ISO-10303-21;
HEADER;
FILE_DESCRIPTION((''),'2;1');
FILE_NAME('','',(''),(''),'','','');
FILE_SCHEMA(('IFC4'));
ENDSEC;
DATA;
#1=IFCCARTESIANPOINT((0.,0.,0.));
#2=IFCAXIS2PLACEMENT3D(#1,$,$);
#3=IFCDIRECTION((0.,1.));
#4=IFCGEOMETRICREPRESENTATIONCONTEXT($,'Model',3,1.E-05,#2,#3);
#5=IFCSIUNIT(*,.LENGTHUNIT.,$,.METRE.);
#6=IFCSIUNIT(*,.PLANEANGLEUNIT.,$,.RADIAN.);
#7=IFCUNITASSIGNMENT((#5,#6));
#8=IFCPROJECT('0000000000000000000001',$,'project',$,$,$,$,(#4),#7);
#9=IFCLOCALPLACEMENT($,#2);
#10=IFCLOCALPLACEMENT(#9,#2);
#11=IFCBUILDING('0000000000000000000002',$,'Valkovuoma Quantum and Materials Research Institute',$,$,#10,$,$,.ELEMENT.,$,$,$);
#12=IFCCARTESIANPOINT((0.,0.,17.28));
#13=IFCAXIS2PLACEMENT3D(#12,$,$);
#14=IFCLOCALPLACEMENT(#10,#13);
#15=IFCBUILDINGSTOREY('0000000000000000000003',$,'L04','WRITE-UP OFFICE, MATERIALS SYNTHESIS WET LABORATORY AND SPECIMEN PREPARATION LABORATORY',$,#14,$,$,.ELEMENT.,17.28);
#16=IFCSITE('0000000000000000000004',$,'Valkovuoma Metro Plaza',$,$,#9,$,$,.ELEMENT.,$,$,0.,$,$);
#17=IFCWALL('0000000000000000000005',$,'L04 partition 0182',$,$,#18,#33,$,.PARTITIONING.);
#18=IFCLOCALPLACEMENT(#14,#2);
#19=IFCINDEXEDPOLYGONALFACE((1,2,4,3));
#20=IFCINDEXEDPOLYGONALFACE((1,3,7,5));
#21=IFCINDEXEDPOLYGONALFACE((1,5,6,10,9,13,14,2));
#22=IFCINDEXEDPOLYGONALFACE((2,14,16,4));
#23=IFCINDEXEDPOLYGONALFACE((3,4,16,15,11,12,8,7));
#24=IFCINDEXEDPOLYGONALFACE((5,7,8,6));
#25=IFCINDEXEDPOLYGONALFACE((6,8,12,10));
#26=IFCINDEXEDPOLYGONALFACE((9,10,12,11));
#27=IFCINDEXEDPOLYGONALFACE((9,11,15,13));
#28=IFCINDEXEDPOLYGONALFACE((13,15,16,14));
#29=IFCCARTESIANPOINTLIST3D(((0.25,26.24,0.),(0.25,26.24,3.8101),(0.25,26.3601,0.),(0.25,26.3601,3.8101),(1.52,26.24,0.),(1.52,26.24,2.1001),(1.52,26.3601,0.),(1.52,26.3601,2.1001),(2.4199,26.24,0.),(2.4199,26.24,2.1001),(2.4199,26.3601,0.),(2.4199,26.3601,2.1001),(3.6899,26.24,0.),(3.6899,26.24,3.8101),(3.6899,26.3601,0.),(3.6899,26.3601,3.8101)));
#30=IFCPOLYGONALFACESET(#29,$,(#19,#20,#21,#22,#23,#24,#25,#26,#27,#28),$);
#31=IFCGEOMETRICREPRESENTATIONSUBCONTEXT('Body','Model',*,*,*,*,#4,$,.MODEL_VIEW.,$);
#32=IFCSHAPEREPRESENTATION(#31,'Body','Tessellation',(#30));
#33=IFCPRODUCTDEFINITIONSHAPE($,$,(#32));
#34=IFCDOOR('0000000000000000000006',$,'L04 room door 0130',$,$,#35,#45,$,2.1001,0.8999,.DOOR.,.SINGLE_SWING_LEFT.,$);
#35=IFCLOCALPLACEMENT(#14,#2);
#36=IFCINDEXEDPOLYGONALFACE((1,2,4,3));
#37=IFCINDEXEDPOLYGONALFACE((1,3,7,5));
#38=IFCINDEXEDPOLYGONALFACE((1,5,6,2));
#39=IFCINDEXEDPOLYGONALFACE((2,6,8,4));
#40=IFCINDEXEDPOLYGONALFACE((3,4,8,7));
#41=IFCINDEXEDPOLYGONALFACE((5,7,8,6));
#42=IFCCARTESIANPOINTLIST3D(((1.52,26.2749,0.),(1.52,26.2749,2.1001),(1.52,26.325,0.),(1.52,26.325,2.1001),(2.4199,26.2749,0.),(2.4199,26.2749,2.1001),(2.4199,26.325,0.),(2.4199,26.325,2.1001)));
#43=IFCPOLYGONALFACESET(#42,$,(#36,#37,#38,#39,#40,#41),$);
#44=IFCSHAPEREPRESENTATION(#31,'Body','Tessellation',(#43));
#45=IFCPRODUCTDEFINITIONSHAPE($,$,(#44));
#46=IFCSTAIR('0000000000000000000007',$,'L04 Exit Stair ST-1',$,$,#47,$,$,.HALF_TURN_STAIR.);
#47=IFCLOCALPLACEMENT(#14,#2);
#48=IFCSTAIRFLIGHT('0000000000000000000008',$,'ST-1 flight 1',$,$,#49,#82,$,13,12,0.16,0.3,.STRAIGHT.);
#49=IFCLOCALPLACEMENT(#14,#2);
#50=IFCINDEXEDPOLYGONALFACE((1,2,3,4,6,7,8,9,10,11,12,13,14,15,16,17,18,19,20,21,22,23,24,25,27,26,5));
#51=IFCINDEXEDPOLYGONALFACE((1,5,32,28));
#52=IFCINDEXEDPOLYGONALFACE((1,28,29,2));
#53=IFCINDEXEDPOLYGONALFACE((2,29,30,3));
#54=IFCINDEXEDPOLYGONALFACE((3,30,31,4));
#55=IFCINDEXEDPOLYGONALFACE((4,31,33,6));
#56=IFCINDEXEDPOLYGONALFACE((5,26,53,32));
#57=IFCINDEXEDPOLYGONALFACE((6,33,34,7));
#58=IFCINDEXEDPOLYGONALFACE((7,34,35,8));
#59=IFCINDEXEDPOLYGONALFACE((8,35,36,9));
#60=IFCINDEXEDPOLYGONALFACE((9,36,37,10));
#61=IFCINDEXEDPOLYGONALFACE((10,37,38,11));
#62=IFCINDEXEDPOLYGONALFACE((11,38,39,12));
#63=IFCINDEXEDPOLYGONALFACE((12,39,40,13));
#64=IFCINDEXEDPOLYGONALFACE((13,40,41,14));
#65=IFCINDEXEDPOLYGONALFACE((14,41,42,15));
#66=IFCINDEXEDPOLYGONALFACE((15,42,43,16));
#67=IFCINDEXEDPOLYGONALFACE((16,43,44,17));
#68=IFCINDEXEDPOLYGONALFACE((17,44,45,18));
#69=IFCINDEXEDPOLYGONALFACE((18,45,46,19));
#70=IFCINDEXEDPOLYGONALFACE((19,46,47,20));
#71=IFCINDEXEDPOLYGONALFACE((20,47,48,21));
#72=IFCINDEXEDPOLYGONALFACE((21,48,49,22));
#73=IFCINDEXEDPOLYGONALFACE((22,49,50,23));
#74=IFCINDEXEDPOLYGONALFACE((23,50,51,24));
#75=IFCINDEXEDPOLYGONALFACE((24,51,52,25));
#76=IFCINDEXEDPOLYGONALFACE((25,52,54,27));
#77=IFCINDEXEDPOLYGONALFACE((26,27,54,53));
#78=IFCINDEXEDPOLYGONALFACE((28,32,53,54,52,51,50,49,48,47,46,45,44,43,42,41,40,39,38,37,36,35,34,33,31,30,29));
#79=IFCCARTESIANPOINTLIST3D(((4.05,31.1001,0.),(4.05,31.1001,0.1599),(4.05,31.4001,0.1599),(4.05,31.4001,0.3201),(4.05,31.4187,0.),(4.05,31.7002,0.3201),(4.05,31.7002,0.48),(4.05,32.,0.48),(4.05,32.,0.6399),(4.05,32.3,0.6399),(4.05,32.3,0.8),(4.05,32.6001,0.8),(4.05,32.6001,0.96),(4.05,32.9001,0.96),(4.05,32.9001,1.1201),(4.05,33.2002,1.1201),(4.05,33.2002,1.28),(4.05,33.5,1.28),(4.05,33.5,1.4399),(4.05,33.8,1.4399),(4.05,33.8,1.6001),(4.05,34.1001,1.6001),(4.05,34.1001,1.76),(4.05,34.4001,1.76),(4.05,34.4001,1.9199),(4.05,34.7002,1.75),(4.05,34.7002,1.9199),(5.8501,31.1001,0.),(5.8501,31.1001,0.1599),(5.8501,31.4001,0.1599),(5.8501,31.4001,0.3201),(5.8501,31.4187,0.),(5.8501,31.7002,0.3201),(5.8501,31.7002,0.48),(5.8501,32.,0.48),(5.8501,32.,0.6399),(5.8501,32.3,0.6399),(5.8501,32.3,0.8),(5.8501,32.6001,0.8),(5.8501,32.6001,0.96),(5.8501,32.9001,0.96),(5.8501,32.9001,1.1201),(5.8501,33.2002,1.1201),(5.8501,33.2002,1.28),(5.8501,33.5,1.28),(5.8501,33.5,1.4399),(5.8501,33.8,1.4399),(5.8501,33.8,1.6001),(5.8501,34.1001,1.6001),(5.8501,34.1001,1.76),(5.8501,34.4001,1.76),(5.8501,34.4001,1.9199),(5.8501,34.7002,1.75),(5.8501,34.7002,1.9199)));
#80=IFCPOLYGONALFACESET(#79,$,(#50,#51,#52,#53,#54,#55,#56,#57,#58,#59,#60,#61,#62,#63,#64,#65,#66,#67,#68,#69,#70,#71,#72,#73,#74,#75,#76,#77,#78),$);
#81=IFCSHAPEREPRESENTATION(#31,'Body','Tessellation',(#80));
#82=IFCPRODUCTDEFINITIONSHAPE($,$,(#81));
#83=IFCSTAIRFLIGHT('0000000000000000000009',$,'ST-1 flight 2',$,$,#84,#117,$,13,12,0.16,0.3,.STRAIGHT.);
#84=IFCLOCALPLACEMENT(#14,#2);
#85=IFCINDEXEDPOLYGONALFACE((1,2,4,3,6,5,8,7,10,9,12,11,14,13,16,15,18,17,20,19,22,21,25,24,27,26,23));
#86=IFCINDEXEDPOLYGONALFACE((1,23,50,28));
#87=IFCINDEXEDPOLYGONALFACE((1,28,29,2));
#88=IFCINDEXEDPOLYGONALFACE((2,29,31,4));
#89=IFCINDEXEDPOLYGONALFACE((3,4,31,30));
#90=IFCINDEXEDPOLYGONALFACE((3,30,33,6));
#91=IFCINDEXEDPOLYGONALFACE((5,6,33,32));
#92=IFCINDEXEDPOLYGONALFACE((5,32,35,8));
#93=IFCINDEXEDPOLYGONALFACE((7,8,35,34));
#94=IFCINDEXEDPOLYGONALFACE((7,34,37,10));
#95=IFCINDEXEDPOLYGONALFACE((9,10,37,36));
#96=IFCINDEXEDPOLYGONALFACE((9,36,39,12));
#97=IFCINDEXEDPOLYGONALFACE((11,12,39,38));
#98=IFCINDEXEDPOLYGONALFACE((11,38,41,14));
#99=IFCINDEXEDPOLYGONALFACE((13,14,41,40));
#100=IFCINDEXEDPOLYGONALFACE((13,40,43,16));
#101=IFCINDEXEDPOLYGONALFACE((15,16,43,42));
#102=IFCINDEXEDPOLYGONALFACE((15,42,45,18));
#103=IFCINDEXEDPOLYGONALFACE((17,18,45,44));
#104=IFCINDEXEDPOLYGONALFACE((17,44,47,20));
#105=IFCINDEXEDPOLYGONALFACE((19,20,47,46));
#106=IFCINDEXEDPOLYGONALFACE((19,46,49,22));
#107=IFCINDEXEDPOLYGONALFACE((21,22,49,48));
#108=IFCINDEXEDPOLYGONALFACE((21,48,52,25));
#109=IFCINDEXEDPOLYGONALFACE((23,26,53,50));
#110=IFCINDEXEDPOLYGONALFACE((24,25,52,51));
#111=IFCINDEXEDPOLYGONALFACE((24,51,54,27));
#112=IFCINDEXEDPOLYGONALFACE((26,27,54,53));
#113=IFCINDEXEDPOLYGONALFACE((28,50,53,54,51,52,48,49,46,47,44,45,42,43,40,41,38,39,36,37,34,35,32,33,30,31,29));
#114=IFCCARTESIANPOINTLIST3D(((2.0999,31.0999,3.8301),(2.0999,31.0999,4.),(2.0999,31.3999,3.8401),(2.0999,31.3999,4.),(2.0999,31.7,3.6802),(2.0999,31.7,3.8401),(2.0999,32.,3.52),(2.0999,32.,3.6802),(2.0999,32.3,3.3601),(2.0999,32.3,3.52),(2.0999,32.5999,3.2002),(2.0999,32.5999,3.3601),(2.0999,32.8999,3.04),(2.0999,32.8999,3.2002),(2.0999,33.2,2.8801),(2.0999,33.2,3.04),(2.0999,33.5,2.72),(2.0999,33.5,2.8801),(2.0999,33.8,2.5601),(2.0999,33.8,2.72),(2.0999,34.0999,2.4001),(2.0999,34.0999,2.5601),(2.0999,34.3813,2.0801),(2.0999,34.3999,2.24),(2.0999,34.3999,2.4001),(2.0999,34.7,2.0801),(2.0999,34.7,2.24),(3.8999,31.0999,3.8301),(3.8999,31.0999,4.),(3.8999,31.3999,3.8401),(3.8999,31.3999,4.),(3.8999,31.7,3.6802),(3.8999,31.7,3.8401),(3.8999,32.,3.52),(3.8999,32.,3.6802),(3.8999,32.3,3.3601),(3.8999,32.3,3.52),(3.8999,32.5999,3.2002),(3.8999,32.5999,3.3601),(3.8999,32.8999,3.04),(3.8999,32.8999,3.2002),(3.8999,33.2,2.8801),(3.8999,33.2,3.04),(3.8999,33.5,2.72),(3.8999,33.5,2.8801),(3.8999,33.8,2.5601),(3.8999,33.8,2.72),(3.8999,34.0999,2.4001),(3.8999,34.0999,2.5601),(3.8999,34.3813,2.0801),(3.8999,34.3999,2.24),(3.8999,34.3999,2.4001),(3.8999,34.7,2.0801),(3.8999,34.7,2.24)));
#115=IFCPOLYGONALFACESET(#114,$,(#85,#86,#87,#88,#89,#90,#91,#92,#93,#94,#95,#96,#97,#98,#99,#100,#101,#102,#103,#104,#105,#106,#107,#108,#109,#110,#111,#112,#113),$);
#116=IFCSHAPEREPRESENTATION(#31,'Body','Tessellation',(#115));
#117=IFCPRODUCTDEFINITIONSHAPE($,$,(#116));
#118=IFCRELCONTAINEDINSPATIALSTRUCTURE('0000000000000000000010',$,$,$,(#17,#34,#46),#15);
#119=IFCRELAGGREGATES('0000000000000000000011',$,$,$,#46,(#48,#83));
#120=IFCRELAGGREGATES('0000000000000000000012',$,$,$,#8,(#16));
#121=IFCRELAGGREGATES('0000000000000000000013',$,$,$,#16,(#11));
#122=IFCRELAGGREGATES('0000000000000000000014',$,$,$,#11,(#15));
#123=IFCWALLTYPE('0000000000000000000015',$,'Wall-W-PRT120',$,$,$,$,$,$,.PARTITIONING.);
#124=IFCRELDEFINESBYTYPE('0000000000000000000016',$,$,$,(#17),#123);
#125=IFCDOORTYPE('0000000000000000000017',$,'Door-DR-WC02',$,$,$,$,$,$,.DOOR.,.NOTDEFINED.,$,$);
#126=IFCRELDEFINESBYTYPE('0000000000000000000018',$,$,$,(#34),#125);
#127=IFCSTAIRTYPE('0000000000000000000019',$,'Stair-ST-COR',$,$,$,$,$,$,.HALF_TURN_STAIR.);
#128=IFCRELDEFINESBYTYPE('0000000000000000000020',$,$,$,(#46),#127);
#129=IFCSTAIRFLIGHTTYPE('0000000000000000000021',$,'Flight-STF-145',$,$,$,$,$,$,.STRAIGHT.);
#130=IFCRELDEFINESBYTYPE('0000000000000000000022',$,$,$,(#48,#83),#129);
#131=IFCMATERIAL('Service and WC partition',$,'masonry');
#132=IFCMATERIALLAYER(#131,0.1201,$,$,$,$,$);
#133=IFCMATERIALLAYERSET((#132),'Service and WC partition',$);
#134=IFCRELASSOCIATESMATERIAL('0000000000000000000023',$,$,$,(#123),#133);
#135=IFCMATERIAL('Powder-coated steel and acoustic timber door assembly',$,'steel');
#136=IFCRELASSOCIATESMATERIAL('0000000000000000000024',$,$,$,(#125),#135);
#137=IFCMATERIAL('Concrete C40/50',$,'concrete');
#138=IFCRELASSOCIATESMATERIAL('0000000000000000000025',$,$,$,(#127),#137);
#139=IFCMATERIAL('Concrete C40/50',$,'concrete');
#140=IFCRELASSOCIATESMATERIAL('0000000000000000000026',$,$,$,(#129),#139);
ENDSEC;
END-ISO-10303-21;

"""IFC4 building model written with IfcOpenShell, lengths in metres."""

from ifc_helpers import new_model, si_unit, direction, frame, frame_2d, origin, place, context, subcontext, project, spatial, polyline, rectangle, outline, extrude, material, layer, layer_set, type_object, element, fill, aggregate, save


model = new_model("IFC4")

# Units and contexts
model_context = context("Model", 3, precision=1e-05, world=origin(), true_north=direction((0.0, 1.0)))
body_context = subcontext(model_context, "Body", "Model", "MODEL_VIEW")
ifc_project = project(units=[si_unit("LENGTHUNIT", "METRE"), si_unit("PLANEANGLEUNIT", "RADIAN")], contexts=[model_context])

# Site, building, storey
site_placement = place(None, origin())
site = spatial("IfcSite", under=ifc_project, at=site_placement, Name="Valkovuoma Metro Plaza", CompositionType="ELEMENT", RefElevation=0.0)
building_placement = place(site_placement, origin())
building = spatial("IfcBuilding", under=site, at=building_placement, Name="Valkovuoma Quantum and Materials Research Institute", CompositionType="ELEMENT")
storey_placement = place(building_placement, frame((0.0, 0.0, 17.28)))
storey = spatial("IfcBuildingStorey", under=building, at=storey_placement, Name="L04", Description="WRITE-UP OFFICE, MATERIALS SYNTHESIS WET LABORATORY AND SPECIMEN PREPARATION LABORATORY", CompositionType="ELEMENT", Elevation=17.28)

# Shared definitions
ifc_material_1 = material(Name="Service and WC partition", Category="masonry")
ifc_layer_1 = layer(ifc_material_1, 0.1201)
ifc_layer_set_1 = layer_set([ifc_layer_1], Name="Service and WC partition")
wall_type_1 = type_object("IfcWallType", Name="Wall-W-PRT120", PredefinedType="PARTITIONING", material=ifc_layer_set_1)

# Wall, opening, door
wall_1_placement = place(storey_placement, frame((0.25, 26.3, 0.0), z_axis=(0.0, 0.0, 1.0), x_axis=(1.0, 0.0, 0.0)))
wall_1 = element("IfcWall", 1, at=wall_1_placement, inside=storey, type_object=wall_type_1, Name="L04 partition 0182", PredefinedType="PARTITIONING", context=body_context, shape_type="SweptSolid", body=[
    extrude(rectangle(XDim=3.4399, YDim=0.1201, at=frame_2d((1.72, 0.0))), origin(), (0.0, 0.0, 1.0), 3.8101),
])
opening_1_placement = place(wall_1_placement, frame((1.27, 0.0, 0.0)))
opening_1 = element("IfcOpeningElement", 2, at=opening_1_placement, cuts=wall_1, PredefinedType="OPENING", context=body_context, shape_type="SweptSolid", body=[
    extrude(rectangle(XDim=0.8999, YDim=2.1001, at=frame_2d((0.45, 1.05))), frame((0.0, 0.0701, 0.0), z_axis=(0.0, -1.0, 0.0), x_axis=(1.0, 0.0, 0.0)), (0.0, 0.0, 1.0), 0.1401),
])
ifc_material_2 = material(Name="Powder-coated steel and acoustic timber door assembly", Category="steel")
door_type_1 = type_object("IfcDoorType", Name="Door-DR-WC02", OperationType="NOTDEFINED", PredefinedType="DOOR", material=ifc_material_2)
door_1_placement = place(opening_1_placement, origin())
door_1 = element("IfcDoor", 3, at=door_1_placement, inside=storey, type_object=door_type_1, Name="L04 room door 0130", OperationType="SINGLE_SWING_LEFT", OverallHeight=2.1001, OverallWidth=0.8999, PredefinedType="DOOR", context=body_context, shape_type="SweptSolid", body=[
    extrude(rectangle(XDim=0.8999, YDim=2.1001, at=frame_2d((0.45, 1.05))), frame((0.0, 0.0249, 0.0), z_axis=(0.0, -1.0, 0.0), x_axis=(1.0, 0.0, 0.0)), (0.0, 0.0, 1.0), 0.05),
])
fill(opening_1, door_1)

# Stair, stair flights
ifc_material_3 = material(Name="Concrete C40/50", Category="concrete")
stair_type = type_object("IfcStairType", Name="Stair-ST-COR", PredefinedType="HALF_TURN_STAIR", material=ifc_material_3)
stair_placement = place(storey_placement, origin())
stair = element("IfcStair", 4, at=stair_placement, inside=storey, type_object=stair_type, Name="L04 Exit Stair ST-1", PredefinedType="HALF_TURN_STAIR")
ifc_material_4 = material(Name="Concrete C40/50", Category="concrete")
stair_flight_type = type_object("IfcStairFlightType", Name="Flight-STF-145", PredefinedType="STRAIGHT", material=ifc_material_4)
stair_flight_1_placement = place(storey_placement, frame((4.95, 31.1001, 0.0), z_axis=(0.0, 0.0, 1.0), x_axis=(0.0, 1.0, 0.0)))
stair_flight_1 = element("IfcStairFlight", 5, at=stair_flight_1_placement, type_object=stair_flight_type, Name="ST-1 flight 1", NumberOfRisers=13, NumberOfTreads=12, PredefinedType="STRAIGHT", RiserHeight=0.16, TreadLength=0.3, context=body_context, shape_type="SweptSolid", body=[
    extrude(outline(polyline([(0.0, 0.0), (0.0, 0.1599), (0.3, 0.1599), (0.3, 0.3201), (0.6001, 0.3201), (0.6001, 0.48), (0.8999, 0.48), (0.8999, 0.6399), (1.2, 0.6399), (1.2, 0.8), (1.5, 0.8), (1.5, 0.96), (1.8, 0.96), (1.8, 1.1201), (2.1001, 1.1201), (2.1001, 1.28), (2.3999, 1.28), (2.3999, 1.4399), (2.7, 1.4399), (2.7, 1.6001), (3.0, 1.6001), (3.0, 1.76), (3.3, 1.76), (3.3, 1.9199), (3.6001, 1.9199), (3.6001, 2.0801), (3.6001, 1.75), (0.3186, 0.0), (0.0, 0.0)])), frame((0.0, 0.8999, 0.0), z_axis=(0.0, -1.0, 0.0), x_axis=(1.0, 0.0, 0.0)), (0.0, 0.0, 1.0), 1.8),
])
stair_flight_2_placement = place(storey_placement, frame((3.0, 34.7, 2.0801), z_axis=(0.0, 0.0, 1.0), x_axis=(0.0, -1.0, 0.0)))
stair_flight_2 = element("IfcStairFlight", 6, at=stair_flight_2_placement, type_object=stair_flight_type, Name="ST-1 flight 2", NumberOfRisers=13, NumberOfTreads=12, PredefinedType="STRAIGHT", RiserHeight=0.16, TreadLength=0.3, context=body_context, shape_type="SweptSolid", body=[
    extrude(outline(polyline([(0.0, 0.0), (0.0, 0.1599), (0.3, 0.1599), (0.3, 0.3201), (0.6001, 0.3201), (0.6001, 0.48), (0.8999, 0.48), (0.8999, 0.6399), (1.2, 0.6399), (1.2, 0.8), (1.5, 0.8), (1.5, 0.96), (1.8, 0.96), (1.8, 1.1201), (2.1001, 1.1201), (2.1001, 1.28), (2.3999, 1.28), (2.3999, 1.4399), (2.7, 1.4399), (2.7, 1.6001), (3.0, 1.6001), (3.0, 1.76), (3.3, 1.76), (3.3, 1.9199), (3.6001, 1.9199), (3.6001, 2.0801), (3.6001, 1.75), (0.3186, 0.0), (0.0, 0.0)])), frame((0.0, 0.8999, 0.0), z_axis=(0.0, -1.0, 0.0), x_axis=(1.0, 0.0, 0.0)), (0.0, 0.0, 1.0), 1.8),
])
aggregate(stair, [stair_flight_1, stair_flight_2])

save(model, "model.ifc")
